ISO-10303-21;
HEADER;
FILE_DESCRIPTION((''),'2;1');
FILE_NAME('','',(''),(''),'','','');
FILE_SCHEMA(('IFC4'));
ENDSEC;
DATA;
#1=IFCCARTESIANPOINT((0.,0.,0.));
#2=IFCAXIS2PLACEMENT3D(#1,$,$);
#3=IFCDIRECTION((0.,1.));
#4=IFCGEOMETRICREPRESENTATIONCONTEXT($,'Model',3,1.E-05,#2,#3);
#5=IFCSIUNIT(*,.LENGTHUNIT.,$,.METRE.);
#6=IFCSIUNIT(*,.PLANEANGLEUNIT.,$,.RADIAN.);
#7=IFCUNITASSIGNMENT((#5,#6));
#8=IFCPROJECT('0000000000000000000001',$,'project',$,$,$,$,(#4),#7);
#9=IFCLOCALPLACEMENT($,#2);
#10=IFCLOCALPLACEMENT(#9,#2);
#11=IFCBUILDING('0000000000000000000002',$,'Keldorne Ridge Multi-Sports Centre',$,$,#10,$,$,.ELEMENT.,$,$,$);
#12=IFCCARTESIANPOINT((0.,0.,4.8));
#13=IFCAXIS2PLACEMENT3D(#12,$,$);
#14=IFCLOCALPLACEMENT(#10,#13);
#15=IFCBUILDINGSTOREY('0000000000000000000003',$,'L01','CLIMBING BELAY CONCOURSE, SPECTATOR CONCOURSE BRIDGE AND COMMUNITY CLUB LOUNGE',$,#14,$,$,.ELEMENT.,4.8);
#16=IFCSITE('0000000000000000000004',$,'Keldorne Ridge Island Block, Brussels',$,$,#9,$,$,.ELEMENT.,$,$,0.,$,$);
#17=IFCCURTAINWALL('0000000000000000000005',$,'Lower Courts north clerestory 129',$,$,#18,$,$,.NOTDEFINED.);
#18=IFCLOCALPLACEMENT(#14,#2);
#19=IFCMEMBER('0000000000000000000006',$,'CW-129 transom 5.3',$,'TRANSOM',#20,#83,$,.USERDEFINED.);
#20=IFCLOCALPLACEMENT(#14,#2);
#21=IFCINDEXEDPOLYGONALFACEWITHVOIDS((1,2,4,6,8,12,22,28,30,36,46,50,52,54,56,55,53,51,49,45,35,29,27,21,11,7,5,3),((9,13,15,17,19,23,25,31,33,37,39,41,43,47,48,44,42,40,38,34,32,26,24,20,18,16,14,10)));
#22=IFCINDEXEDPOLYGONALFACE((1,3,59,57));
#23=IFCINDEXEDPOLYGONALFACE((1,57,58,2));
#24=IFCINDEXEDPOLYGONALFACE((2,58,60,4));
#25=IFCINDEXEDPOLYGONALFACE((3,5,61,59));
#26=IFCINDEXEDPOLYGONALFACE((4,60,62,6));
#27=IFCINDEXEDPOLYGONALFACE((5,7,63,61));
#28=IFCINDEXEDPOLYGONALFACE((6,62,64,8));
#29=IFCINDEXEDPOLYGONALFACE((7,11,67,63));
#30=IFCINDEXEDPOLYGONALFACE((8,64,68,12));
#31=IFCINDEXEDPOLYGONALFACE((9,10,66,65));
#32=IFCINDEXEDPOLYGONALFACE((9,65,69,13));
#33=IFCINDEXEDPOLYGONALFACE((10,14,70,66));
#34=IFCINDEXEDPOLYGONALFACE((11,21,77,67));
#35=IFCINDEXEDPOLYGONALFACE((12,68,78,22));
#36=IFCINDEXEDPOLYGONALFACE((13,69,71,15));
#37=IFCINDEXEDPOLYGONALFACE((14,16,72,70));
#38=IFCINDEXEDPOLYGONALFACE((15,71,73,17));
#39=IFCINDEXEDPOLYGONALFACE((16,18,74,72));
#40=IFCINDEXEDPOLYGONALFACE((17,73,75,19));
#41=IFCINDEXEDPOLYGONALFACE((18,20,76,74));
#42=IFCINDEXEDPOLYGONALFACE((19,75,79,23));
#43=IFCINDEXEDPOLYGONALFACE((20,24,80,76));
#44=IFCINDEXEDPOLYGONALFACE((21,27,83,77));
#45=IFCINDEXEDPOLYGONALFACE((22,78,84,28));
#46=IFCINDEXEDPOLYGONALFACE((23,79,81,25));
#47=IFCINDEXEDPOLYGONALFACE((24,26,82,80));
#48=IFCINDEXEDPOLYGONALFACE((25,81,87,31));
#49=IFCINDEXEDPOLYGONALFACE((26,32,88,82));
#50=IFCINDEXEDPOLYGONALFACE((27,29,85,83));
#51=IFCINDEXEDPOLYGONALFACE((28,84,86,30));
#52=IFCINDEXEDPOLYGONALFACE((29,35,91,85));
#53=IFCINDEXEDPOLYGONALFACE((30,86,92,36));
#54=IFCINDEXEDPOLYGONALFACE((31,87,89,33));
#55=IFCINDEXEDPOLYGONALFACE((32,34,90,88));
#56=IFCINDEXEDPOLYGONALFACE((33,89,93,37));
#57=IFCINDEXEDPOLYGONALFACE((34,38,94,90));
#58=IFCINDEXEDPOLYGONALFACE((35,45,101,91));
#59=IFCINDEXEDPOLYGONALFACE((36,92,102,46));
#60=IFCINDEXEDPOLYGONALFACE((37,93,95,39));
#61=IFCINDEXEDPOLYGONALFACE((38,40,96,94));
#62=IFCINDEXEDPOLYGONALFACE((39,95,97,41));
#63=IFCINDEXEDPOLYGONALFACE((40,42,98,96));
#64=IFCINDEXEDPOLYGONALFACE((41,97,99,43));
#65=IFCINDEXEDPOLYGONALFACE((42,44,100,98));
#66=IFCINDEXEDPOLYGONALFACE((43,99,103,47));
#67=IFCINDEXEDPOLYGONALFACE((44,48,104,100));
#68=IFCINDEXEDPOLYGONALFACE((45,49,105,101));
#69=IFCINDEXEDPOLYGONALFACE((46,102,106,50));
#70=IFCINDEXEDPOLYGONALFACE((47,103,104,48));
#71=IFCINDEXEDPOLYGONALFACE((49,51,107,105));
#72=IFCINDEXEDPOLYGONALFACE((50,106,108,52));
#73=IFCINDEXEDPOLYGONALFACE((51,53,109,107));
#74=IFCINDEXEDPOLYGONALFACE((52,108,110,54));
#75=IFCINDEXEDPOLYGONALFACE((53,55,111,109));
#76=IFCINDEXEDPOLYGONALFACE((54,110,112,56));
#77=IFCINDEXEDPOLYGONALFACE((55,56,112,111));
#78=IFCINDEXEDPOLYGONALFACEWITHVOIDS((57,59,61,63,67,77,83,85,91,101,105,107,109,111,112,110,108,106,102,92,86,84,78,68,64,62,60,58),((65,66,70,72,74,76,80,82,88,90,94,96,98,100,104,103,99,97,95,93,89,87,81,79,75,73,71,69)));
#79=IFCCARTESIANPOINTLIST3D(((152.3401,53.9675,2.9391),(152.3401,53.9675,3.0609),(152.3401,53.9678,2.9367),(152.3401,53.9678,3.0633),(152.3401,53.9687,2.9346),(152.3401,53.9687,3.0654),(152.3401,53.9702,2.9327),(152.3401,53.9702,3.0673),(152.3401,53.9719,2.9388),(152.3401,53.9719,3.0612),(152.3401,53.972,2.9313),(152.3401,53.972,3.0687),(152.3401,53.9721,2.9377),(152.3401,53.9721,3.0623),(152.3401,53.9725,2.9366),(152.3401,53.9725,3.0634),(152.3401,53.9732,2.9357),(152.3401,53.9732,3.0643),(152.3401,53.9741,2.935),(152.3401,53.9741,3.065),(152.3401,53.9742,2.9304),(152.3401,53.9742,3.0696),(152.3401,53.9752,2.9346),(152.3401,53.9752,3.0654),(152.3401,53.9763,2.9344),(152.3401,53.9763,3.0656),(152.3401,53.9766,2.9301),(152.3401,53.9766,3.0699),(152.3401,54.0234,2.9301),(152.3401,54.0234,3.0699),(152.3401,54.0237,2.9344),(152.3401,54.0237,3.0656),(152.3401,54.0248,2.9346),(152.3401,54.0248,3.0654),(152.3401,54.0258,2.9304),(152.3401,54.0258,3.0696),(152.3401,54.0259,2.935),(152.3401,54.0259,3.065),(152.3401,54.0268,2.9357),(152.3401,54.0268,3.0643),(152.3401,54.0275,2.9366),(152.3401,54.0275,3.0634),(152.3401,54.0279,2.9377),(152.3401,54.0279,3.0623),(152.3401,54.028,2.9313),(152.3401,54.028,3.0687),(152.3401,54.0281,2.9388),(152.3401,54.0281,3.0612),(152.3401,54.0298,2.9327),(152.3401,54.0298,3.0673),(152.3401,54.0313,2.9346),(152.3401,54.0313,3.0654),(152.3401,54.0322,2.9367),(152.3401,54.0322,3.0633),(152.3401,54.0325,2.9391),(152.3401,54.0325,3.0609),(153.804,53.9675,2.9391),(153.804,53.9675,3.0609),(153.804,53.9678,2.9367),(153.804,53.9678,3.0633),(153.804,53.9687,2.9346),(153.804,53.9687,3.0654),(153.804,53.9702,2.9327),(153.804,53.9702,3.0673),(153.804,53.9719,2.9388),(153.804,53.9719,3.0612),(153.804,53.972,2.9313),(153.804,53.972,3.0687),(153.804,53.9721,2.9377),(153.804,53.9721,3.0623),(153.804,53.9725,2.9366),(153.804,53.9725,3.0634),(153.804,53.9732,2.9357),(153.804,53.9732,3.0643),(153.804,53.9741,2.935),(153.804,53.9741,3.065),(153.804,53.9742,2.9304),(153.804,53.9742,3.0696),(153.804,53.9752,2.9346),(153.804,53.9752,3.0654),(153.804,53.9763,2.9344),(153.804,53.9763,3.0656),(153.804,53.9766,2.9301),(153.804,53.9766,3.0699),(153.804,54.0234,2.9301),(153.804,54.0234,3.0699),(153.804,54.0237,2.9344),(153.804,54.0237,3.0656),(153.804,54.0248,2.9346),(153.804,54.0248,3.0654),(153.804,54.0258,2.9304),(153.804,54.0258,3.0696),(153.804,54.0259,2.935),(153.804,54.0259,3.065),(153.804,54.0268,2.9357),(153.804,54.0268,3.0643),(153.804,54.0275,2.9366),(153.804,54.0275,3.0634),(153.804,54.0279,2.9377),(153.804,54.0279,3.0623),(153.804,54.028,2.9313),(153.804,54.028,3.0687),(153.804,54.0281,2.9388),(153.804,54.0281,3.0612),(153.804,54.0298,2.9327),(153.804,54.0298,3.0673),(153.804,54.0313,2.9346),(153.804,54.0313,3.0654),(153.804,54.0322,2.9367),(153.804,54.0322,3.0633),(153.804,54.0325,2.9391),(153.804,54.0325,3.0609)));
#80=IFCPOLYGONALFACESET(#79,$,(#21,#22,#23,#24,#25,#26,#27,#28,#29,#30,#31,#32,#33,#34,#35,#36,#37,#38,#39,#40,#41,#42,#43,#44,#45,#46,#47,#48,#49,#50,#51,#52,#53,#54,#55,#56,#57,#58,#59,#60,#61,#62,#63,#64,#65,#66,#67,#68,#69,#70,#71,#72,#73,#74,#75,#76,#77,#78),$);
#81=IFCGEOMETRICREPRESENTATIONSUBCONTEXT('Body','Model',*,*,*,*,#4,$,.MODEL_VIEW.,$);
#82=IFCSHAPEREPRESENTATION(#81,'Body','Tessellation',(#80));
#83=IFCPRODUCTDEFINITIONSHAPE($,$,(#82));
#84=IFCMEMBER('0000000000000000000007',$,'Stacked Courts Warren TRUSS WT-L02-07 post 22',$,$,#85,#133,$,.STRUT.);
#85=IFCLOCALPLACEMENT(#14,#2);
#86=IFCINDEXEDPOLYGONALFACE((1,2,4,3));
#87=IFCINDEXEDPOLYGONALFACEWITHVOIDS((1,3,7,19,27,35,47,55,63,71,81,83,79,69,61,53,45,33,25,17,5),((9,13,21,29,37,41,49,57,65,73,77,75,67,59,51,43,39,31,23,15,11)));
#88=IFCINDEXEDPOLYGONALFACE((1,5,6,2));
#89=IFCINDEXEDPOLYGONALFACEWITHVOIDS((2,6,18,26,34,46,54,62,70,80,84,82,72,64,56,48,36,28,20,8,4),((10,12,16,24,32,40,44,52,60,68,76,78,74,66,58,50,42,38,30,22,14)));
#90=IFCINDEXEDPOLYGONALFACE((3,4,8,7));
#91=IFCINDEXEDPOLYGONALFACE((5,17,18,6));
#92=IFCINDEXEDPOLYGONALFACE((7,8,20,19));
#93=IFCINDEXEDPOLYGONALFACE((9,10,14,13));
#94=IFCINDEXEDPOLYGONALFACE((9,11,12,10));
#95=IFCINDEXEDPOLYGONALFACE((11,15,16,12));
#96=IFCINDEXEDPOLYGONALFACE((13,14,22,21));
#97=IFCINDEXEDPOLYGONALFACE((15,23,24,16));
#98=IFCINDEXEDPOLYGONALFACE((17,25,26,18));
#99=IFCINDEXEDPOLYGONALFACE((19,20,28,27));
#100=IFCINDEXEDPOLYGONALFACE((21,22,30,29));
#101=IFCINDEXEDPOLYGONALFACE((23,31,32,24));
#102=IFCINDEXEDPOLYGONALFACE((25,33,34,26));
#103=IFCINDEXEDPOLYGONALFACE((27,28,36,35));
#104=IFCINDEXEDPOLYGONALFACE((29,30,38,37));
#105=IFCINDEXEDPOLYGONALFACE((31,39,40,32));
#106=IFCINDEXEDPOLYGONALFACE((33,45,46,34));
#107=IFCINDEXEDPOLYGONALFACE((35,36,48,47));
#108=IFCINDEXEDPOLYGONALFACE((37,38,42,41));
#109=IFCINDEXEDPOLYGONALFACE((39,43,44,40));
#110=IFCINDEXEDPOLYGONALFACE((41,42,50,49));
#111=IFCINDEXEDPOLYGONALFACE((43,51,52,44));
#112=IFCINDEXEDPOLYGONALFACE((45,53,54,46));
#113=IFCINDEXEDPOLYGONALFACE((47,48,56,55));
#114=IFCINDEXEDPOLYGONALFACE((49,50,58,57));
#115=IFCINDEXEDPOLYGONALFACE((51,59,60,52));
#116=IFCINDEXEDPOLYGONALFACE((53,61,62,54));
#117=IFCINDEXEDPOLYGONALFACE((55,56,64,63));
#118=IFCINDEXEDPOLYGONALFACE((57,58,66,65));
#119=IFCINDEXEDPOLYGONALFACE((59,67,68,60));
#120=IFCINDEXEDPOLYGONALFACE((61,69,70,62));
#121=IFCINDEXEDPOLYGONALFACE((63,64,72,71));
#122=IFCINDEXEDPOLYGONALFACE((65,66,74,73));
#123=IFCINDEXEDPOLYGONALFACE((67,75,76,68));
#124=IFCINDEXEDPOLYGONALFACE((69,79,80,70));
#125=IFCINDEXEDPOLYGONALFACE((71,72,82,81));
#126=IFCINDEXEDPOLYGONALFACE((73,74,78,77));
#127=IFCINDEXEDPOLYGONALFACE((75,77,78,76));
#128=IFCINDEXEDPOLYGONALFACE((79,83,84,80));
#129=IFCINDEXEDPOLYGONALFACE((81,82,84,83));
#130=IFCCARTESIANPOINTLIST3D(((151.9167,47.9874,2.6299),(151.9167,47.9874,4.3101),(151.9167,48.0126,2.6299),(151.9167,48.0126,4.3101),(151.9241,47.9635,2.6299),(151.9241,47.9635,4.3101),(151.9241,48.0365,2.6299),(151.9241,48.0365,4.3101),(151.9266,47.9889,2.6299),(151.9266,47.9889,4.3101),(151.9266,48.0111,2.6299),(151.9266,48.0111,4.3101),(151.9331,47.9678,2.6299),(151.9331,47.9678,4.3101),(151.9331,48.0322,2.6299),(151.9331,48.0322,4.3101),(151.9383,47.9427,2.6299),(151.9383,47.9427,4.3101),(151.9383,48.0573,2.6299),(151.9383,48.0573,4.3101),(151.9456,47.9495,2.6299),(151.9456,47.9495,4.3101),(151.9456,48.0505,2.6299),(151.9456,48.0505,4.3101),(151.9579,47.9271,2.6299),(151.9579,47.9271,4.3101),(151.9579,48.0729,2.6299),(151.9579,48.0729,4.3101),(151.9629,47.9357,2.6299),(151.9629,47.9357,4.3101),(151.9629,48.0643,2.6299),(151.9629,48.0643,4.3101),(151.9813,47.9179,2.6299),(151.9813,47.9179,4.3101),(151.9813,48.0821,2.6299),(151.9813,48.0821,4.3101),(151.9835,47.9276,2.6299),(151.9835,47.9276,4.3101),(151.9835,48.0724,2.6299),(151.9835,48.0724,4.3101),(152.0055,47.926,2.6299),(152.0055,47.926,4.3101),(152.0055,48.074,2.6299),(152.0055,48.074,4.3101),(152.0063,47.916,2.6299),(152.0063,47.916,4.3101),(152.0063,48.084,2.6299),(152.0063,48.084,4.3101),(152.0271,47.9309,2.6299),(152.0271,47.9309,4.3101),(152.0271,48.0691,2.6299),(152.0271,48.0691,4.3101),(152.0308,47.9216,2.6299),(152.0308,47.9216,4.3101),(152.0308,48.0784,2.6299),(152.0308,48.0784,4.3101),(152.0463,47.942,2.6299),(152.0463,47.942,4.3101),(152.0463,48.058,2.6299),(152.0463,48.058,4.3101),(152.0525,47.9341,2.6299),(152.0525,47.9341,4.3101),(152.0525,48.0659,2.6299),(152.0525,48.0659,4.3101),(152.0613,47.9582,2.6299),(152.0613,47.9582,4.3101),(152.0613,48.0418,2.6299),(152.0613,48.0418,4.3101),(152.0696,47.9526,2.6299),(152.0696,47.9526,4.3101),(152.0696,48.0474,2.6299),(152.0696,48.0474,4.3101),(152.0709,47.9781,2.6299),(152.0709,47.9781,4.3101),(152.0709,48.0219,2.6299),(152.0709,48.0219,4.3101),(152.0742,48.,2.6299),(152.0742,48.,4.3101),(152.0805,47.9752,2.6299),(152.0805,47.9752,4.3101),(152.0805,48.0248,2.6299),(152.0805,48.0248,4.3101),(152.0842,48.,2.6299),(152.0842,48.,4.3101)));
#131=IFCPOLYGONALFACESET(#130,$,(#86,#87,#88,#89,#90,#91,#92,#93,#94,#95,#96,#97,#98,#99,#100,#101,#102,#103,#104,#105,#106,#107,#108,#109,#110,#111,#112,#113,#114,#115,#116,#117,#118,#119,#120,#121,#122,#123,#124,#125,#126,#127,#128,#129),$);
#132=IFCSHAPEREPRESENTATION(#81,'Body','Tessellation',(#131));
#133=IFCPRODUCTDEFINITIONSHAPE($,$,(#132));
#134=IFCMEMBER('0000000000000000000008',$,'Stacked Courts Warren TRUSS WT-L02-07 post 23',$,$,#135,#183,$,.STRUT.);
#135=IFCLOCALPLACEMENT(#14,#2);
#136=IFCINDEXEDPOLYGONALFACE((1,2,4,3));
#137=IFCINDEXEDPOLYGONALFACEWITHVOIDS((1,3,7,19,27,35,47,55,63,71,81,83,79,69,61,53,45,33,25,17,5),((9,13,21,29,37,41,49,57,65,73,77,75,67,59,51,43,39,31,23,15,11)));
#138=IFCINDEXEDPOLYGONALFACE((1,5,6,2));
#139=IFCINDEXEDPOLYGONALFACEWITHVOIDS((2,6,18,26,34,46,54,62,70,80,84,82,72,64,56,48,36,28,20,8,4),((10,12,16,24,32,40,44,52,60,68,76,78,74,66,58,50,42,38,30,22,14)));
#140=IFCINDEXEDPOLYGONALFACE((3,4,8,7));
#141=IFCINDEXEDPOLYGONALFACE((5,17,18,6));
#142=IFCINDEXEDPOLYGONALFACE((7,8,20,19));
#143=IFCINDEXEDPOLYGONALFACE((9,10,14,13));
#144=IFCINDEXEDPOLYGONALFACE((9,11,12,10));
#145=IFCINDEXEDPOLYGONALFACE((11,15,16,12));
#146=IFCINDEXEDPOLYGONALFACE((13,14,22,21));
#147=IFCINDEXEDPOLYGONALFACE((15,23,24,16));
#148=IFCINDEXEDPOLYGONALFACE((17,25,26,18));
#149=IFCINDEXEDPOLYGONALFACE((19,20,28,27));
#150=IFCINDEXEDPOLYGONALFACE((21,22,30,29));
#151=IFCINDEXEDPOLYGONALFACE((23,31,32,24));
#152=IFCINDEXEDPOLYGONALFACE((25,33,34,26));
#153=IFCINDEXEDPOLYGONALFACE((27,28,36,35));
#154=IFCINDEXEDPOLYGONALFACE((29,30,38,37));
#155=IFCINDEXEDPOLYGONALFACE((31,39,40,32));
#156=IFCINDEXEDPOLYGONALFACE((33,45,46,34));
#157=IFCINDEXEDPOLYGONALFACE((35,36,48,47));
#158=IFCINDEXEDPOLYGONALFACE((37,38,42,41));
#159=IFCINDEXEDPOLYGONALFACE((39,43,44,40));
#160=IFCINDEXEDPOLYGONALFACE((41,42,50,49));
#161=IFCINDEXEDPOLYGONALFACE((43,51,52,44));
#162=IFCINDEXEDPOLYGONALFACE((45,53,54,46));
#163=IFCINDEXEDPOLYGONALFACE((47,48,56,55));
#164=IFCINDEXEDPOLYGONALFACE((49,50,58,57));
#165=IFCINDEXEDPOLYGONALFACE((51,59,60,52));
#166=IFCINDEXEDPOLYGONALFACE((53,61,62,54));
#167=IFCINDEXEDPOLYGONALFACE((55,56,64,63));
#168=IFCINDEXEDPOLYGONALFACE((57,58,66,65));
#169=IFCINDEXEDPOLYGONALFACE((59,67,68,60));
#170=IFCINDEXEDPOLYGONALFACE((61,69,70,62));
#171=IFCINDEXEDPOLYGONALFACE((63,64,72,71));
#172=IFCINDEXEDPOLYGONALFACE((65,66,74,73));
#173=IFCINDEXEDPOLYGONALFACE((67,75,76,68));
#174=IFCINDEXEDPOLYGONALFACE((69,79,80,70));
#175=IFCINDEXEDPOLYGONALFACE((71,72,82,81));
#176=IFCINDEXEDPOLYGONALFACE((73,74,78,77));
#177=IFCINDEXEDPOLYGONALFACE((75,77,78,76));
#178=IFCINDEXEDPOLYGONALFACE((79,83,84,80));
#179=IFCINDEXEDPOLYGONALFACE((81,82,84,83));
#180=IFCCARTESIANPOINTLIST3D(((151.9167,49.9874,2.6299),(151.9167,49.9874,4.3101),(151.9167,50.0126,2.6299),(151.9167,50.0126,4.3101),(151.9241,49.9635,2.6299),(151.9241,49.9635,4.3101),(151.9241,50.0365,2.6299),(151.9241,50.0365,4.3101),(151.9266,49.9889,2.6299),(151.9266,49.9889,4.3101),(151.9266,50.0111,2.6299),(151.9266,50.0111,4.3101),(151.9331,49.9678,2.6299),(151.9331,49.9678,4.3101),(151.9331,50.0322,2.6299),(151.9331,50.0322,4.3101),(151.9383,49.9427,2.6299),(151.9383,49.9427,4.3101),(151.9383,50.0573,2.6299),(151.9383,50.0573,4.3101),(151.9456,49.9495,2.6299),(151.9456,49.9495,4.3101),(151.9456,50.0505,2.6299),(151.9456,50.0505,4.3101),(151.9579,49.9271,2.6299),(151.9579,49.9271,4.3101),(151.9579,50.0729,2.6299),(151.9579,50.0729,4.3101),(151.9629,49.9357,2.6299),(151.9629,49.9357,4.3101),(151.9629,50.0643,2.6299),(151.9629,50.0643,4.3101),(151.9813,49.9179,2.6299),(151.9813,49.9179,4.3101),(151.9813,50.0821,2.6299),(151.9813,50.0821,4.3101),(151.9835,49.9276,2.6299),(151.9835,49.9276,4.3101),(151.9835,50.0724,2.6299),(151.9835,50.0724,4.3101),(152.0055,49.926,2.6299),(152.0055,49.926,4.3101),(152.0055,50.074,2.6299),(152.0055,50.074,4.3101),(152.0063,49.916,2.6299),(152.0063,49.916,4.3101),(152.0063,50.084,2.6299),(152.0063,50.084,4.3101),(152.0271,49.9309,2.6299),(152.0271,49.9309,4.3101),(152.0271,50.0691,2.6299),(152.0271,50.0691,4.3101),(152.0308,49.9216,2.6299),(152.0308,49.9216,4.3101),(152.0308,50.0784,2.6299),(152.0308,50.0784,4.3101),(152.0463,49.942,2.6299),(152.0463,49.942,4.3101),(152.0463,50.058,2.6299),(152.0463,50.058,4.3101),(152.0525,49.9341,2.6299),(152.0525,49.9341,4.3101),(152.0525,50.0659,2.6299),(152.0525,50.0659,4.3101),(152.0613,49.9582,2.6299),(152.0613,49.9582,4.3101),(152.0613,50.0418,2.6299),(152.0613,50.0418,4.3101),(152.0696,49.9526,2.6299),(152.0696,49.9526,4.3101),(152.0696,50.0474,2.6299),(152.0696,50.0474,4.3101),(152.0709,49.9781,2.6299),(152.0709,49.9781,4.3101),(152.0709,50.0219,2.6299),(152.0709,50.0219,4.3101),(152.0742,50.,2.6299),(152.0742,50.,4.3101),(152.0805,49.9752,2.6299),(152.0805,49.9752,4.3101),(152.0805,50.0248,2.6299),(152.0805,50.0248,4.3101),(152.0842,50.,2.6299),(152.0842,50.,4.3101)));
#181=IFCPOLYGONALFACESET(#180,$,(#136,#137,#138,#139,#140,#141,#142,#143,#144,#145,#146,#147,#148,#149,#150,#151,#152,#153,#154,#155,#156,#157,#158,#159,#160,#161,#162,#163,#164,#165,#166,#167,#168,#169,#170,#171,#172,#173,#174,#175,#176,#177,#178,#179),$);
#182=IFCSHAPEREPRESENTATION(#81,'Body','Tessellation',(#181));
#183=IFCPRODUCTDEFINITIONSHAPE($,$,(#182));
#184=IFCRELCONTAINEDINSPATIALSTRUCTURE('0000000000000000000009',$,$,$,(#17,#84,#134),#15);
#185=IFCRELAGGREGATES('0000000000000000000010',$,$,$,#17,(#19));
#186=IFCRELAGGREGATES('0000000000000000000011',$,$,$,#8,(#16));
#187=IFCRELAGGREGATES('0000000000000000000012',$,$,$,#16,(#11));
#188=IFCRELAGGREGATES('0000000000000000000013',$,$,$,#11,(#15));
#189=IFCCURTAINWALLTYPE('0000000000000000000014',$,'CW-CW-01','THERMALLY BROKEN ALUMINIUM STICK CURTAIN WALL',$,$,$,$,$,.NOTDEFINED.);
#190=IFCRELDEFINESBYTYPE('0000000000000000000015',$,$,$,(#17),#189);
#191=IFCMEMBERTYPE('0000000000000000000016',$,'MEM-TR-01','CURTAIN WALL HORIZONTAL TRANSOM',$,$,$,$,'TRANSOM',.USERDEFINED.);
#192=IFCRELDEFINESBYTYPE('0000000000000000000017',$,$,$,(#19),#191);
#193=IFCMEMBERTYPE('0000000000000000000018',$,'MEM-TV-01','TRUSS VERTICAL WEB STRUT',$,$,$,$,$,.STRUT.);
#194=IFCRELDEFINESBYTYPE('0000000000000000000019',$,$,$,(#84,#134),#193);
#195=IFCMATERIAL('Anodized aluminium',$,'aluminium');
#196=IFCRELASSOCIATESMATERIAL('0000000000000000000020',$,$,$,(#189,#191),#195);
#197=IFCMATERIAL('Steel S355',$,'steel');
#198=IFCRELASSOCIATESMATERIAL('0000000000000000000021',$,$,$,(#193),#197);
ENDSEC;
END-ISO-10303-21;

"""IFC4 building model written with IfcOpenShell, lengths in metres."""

from ifc_helpers import new_model, si_unit, direction, frame, origin, origin_2d, place, context, subcontext, project, spatial, hollow_rectangle, hollow_circle, extrude, material, material_profile, profile_set, type_object, element, aggregate, save


model = new_model("IFC4")

# Units and contexts
model_context = context("Model", 3, precision=1e-05, world=origin(), true_north=direction((0.0, 1.0)))
body_context = subcontext(model_context, "Body", "Model", "MODEL_VIEW")
ifc_project = project(units=[si_unit("LENGTHUNIT", "METRE"), si_unit("PLANEANGLEUNIT", "RADIAN")], contexts=[model_context])

# Site, building, storey
site_placement = place(None, origin())
site = spatial("IfcSite", under=ifc_project, at=site_placement, Name="Keldorne Ridge Island Block, Brussels", CompositionType="ELEMENT", RefElevation=0.0)
building_placement = place(site_placement, origin())
building = spatial("IfcBuilding", under=site, at=building_placement, Name="Keldorne Ridge Multi-Sports Centre", CompositionType="ELEMENT")
storey_placement = place(building_placement, frame((0.0, 0.0, 4.8)))
storey = spatial("IfcBuildingStorey", under=building, at=storey_placement, Name="L01", Description="CLIMBING BELAY CONCOURSE, SPECTATOR CONCOURSE BRIDGE AND COMMUNITY CLUB LOUNGE", CompositionType="ELEMENT", Elevation=4.8)

# Shared definitions
ifc_material_1 = material(Name="Steel S355", Category="steel")

# Shared definitions
ifc_material_2 = material(Name="Anodized aluminium", Category="aluminium")

# Curtain wall
curtain_wall_type_1 = type_object("IfcCurtainWallType", Name="CW-CW-01", Description="THERMALLY BROKEN ALUMINIUM STICK CURTAIN WALL", PredefinedType="NOTDEFINED", material=ifc_material_2)
curtain_wall_1_placement = place(storey_placement, origin())
curtain_wall_1 = element("IfcCurtainWall", 1, at=curtain_wall_1_placement, inside=storey, type_object=curtain_wall_type_1, Name="Lower Courts north clerestory 129", PredefinedType="NOTDEFINED")

# Member
ifc_material_profile_1 = material_profile(ifc_material_2, hollow_rectangle(XDim=0.0649, YDim=0.1399, WallThickness=0.0044, InnerFilletRadius=0.0044, OuterFilletRadius=0.009, at=origin_2d()), Name="ALU TRANSOM 140x65x4.5")
ifc_profile_set_1 = profile_set([ifc_material_profile_1], Name="Anodized aluminium")
member_type_1 = type_object("IfcMemberType", Name="MEM-TR-01", Description="CURTAIN WALL HORIZONTAL TRANSOM", ElementType="TRANSOM", PredefinedType="USERDEFINED", material=ifc_profile_set_1)
member_1_placement = place(storey_placement, frame((153.804, 54.0, 3.0), z_axis=(-1.0, 0.0, 0.0), x_axis=(0.0, -1.0, 0.0)))
member_1 = element("IfcMember", 2, at=member_1_placement, type_object=member_type_1, Name="CW-129 transom 5.3", ObjectType="TRANSOM", PredefinedType="USERDEFINED", context=body_context, shape_type="SweptSolid", body=[
    extrude(hollow_rectangle(XDim=0.0649, YDim=0.1399, WallThickness=0.0044, InnerFilletRadius=0.0044, OuterFilletRadius=0.009, at=origin_2d()), origin(), (0.0, 0.0, 1.0), 1.4639),
])

# Members
ifc_material_profile_2 = material_profile(ifc_material_1, hollow_circle(Radius=0.0842, WallThickness=0.01, at=origin_2d()), Name="CHS 168.3x10")
ifc_profile_set_2 = profile_set([ifc_material_profile_2], Name="Steel S355")
member_type_2 = type_object("IfcMemberType", Name="MEM-TV-01", Description="TRUSS VERTICAL WEB STRUT", PredefinedType="STRUT", material=ifc_profile_set_2)
for number, where, z_axis, x_axis, name in (
    (3, (152.0, 48.0, 2.6299), (0.0, 0.0, 1.0), (1.0, 0.0, 0.0), "Stacked Courts Warren TRUSS WT-L02-07 post 22"),
    (4, (152.0, 50.0, 2.6299), (0.0, 0.0, 1.0), (1.0, 0.0, 0.0), "Stacked Courts Warren TRUSS WT-L02-07 post 23"),
):
    element("IfcMember", number, at=place(storey_placement, frame(where, z_axis=z_axis, x_axis=x_axis)), inside=storey, type_object=member_type_2, Name=name, PredefinedType="STRUT", context=body_context, shape_type="SweptSolid", body=[
        extrude(hollow_circle(Radius=0.0842, WallThickness=0.01, at=origin_2d()), origin(), (0.0, 0.0, 1.0), 1.6802),
    ])

aggregate(curtain_wall_1, [member_1])

save(model, "model.ifc")
